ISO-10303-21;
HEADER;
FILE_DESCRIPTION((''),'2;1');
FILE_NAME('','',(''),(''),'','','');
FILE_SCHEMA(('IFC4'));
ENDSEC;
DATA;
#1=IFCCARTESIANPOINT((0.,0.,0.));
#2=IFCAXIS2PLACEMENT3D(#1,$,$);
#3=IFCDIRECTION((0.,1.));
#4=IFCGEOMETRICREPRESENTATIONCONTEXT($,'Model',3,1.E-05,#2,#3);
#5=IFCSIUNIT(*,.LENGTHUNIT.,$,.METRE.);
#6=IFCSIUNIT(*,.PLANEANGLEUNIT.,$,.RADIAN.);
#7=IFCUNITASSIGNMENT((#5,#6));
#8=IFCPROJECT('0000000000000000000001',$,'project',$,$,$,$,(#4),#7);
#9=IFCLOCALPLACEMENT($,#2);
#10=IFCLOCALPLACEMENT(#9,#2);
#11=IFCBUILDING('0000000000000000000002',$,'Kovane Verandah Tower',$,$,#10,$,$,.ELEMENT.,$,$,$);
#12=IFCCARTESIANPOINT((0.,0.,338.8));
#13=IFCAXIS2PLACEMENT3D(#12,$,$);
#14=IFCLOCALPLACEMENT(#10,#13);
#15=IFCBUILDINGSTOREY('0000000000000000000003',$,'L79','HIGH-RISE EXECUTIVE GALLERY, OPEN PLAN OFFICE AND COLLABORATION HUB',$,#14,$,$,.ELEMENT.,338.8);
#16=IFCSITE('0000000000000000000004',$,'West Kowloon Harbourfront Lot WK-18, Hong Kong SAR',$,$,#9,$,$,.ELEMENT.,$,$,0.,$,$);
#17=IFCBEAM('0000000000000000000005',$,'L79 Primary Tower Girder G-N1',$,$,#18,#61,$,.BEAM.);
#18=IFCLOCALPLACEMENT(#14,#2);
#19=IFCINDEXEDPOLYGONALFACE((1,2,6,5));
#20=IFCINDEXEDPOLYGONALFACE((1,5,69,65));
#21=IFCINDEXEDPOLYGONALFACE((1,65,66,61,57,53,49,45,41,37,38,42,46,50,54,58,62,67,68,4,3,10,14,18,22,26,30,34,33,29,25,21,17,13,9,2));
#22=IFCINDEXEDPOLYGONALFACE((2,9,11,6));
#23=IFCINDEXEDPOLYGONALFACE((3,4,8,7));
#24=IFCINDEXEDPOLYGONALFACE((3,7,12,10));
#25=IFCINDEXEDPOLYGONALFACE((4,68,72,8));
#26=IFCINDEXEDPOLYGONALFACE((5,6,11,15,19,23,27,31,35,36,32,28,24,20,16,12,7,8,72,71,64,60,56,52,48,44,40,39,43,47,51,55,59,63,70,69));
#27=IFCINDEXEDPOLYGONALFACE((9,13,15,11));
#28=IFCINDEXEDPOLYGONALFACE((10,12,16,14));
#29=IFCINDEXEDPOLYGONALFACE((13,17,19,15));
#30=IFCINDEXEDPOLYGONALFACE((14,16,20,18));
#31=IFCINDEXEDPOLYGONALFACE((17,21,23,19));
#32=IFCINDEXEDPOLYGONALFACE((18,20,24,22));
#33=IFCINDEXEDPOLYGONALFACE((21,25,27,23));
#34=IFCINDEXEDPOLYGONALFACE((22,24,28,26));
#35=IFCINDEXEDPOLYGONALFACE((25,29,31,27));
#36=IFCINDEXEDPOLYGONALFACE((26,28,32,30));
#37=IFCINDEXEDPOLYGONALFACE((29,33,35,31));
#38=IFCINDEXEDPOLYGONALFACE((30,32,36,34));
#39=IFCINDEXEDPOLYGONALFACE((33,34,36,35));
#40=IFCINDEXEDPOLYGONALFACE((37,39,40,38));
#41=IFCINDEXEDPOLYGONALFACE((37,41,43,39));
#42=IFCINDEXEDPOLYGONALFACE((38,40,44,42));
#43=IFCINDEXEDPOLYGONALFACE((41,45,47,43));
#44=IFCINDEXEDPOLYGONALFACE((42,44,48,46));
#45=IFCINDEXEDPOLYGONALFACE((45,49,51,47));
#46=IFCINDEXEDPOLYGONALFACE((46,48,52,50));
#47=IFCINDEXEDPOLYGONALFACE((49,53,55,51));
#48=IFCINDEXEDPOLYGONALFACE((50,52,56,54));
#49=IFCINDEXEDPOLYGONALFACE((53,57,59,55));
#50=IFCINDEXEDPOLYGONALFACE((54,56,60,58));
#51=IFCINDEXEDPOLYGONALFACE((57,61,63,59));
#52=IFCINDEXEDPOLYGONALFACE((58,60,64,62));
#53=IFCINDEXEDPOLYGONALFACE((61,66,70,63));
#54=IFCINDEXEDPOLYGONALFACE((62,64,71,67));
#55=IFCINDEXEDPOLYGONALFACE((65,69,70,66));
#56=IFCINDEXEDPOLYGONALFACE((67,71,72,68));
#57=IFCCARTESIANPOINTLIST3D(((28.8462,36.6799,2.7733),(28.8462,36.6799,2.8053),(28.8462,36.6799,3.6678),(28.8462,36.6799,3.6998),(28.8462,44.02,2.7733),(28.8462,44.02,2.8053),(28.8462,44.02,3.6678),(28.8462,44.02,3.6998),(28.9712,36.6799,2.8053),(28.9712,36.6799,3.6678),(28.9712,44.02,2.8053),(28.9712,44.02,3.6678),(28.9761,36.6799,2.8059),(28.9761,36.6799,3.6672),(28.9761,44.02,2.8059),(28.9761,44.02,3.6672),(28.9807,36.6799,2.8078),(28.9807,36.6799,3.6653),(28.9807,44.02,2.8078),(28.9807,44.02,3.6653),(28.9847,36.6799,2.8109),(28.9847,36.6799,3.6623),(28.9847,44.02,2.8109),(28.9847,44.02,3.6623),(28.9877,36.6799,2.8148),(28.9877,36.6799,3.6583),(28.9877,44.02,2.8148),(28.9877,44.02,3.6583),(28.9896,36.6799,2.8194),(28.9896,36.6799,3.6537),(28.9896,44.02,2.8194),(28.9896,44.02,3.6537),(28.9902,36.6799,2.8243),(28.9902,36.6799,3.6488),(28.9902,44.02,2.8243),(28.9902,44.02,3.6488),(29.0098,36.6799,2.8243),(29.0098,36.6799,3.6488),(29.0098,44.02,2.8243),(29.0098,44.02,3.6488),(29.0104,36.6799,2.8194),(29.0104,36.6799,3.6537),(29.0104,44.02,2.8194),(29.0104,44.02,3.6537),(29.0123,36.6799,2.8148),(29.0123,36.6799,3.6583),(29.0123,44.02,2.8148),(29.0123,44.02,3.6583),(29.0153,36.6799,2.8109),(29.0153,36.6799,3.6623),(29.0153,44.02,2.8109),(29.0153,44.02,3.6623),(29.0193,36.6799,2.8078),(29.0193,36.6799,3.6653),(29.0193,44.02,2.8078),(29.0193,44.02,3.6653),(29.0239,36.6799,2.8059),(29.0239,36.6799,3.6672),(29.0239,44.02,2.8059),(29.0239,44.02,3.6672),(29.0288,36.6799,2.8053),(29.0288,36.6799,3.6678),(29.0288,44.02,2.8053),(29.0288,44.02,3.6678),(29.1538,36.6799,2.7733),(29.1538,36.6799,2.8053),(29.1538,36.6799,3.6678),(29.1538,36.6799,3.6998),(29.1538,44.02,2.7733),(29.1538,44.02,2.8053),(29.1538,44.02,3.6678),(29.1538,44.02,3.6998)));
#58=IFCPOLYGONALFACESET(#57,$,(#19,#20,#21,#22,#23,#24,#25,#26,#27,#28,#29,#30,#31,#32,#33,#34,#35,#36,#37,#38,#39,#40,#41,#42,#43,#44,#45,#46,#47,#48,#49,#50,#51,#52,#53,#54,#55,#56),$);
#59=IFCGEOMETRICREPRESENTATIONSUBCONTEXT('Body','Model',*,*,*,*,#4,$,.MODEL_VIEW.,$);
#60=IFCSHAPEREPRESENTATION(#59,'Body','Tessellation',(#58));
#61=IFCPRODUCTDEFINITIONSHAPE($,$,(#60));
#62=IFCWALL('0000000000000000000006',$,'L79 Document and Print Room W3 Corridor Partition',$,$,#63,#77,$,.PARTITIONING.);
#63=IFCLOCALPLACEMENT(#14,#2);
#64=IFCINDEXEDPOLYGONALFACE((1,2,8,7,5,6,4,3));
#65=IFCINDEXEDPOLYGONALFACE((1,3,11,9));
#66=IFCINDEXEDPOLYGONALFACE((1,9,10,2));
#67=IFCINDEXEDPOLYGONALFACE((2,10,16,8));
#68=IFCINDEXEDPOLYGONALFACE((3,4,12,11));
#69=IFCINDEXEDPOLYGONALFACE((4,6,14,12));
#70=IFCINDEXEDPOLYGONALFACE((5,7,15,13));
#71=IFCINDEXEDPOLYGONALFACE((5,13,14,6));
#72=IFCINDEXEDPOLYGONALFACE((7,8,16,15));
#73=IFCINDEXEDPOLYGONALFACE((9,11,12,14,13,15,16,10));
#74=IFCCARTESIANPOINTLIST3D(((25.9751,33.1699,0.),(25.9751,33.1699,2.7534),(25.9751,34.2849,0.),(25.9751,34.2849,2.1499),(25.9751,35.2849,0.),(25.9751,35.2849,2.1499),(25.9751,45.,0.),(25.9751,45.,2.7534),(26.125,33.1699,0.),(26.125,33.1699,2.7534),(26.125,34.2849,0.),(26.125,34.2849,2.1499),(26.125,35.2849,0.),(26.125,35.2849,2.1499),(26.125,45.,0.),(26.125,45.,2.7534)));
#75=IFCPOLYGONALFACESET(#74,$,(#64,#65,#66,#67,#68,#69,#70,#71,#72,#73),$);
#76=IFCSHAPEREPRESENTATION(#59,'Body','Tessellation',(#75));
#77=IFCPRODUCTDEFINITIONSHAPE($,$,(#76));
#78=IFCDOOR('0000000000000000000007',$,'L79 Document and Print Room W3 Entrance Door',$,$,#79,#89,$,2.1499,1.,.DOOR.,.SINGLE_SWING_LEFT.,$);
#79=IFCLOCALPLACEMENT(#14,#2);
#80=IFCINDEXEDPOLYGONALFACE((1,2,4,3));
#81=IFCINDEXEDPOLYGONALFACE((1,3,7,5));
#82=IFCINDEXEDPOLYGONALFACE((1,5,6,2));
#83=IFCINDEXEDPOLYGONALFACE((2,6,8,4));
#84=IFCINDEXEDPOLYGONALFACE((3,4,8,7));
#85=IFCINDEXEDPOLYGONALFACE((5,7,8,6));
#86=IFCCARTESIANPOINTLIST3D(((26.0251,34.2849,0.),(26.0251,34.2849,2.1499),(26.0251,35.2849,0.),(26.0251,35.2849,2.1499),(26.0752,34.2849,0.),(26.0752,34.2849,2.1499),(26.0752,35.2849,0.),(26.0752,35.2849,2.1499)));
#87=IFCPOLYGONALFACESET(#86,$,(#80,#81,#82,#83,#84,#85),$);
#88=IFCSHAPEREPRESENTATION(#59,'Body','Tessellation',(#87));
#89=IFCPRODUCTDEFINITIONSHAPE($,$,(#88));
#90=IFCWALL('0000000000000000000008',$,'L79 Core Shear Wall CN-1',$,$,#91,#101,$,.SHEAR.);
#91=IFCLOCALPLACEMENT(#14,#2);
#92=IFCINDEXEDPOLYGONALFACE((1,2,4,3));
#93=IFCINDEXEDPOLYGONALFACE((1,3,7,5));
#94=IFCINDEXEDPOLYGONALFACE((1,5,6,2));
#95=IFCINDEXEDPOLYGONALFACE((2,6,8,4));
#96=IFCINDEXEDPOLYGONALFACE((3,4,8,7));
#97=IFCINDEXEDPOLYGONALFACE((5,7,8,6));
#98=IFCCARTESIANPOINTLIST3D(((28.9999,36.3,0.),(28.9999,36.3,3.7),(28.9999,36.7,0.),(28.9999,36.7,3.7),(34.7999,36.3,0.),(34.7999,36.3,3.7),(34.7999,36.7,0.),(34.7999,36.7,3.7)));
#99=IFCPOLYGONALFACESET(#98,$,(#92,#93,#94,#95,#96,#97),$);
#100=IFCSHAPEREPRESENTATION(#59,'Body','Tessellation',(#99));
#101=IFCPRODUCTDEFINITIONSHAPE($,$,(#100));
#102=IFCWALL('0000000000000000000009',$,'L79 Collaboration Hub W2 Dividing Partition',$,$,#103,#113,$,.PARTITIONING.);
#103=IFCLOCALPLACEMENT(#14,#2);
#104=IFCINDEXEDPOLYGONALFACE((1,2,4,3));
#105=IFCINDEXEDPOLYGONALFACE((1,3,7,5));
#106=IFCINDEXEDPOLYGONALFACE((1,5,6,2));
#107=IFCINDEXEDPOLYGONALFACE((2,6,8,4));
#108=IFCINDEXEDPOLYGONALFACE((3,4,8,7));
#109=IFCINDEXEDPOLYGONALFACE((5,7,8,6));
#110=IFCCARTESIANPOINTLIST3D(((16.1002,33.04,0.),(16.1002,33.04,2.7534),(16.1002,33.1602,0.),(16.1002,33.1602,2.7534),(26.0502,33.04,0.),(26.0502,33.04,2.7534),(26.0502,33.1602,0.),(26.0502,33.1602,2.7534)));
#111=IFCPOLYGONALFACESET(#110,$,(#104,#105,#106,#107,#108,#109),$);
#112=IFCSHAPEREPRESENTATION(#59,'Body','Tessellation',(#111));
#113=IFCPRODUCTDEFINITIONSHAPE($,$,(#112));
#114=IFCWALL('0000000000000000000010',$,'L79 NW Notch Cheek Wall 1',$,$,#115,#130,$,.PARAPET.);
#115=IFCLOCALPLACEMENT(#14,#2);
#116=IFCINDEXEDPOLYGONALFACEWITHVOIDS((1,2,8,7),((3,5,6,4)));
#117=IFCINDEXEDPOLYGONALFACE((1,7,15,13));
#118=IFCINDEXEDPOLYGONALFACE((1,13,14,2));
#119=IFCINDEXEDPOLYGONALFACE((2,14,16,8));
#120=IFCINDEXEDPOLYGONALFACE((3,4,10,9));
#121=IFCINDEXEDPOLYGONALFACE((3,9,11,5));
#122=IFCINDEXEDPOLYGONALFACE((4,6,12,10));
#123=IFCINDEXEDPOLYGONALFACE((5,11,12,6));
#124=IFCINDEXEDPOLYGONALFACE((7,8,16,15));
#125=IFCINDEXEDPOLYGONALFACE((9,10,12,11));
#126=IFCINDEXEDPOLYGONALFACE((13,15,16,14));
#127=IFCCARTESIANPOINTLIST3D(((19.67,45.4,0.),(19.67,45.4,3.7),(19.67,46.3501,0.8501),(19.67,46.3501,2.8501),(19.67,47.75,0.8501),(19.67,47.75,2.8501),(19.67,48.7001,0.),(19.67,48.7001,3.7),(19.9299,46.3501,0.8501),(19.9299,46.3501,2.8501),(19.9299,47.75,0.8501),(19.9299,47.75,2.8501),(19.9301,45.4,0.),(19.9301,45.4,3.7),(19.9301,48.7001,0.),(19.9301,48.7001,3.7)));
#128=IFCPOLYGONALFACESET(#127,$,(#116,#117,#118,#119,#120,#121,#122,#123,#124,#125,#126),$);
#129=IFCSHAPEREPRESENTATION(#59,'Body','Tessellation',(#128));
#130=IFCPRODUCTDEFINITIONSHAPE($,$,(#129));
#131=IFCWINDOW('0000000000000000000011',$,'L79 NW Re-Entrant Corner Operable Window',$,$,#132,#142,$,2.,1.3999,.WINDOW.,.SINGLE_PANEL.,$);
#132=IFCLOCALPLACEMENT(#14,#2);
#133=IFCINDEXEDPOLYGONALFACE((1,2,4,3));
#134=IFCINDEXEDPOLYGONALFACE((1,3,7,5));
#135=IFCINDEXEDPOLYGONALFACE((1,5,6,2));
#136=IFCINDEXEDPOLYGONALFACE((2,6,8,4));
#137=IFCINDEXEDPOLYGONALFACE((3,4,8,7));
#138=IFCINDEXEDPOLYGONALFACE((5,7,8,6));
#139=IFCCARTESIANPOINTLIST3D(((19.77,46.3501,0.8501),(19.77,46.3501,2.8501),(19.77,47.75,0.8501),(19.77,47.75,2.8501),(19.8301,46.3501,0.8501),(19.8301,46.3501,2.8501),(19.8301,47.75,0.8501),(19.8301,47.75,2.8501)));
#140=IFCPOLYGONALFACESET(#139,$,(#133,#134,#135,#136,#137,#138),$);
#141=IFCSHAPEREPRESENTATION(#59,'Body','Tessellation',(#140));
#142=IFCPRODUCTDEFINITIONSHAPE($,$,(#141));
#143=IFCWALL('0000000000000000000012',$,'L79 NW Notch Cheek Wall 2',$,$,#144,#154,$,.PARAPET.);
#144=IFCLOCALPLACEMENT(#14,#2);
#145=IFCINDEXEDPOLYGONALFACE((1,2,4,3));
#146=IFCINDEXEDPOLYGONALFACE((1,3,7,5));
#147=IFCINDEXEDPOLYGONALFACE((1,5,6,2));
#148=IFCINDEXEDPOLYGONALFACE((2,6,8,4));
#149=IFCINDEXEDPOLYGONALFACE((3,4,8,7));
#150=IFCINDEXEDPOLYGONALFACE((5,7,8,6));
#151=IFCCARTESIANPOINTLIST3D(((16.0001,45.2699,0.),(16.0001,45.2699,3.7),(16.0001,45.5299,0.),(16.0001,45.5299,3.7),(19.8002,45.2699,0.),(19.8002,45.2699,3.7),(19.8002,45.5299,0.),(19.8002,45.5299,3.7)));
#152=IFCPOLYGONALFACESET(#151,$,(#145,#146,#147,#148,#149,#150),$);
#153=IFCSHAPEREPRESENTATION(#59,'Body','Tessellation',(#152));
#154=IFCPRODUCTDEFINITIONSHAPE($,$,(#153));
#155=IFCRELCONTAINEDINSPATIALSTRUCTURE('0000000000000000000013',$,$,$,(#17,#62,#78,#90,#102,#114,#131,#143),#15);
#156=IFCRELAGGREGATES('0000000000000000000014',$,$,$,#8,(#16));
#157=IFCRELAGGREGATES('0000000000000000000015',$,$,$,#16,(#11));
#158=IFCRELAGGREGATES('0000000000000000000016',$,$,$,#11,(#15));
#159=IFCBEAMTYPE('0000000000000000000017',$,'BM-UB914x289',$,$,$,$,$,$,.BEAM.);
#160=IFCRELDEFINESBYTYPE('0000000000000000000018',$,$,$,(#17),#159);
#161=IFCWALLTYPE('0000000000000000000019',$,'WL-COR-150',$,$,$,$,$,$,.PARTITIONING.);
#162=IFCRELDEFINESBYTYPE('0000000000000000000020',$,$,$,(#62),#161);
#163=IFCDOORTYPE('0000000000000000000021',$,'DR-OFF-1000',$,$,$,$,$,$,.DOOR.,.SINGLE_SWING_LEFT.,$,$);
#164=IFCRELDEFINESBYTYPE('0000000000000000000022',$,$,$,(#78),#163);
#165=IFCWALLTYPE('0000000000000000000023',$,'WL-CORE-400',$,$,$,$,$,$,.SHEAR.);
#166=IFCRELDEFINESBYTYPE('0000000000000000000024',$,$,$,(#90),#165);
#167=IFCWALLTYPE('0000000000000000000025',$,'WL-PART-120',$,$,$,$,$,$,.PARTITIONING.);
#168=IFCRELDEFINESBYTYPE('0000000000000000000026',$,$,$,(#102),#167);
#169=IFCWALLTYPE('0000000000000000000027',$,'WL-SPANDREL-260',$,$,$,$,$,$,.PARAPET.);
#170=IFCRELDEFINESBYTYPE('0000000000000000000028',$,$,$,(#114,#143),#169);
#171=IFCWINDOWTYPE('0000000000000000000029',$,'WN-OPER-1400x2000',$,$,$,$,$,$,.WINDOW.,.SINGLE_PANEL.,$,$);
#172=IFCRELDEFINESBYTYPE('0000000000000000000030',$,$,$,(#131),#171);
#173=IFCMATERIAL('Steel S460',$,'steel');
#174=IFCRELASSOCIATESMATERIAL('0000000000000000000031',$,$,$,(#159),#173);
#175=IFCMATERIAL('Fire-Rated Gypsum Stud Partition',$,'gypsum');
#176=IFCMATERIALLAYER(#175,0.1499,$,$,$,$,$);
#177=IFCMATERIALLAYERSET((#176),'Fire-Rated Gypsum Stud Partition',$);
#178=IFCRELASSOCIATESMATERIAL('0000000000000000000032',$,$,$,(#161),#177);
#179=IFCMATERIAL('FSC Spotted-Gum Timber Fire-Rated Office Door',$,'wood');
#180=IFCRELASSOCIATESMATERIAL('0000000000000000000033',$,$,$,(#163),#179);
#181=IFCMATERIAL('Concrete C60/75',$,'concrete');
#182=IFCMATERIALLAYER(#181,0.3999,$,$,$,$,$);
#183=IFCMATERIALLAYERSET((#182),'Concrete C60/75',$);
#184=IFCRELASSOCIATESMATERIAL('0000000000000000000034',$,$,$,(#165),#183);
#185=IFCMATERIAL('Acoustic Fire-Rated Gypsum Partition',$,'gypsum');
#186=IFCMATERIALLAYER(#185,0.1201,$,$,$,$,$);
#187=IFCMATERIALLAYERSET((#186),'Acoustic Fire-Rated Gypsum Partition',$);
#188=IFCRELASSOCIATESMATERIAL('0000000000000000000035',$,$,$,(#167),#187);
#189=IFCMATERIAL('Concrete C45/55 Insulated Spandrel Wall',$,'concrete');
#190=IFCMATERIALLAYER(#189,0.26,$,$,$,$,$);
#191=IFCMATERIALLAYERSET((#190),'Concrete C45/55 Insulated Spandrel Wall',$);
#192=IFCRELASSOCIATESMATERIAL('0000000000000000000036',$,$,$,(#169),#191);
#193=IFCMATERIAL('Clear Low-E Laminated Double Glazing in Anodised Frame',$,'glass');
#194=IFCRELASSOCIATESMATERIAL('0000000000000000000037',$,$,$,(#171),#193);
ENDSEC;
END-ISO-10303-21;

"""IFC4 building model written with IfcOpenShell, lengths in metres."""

from ifc_helpers import new_model, si_unit, direction, frame, frame_2d, origin, origin_2d, place, context, subcontext, project, spatial, rectangle, i_section, extrude, material, layer, layer_set, material_profile, profile_set, type_object, element, fill, save


model = new_model("IFC4")

# Units and contexts
model_context = context("Model", 3, precision=1e-05, world=origin(), true_north=direction((0.0, 1.0)))
body_context = subcontext(model_context, "Body", "Model", "MODEL_VIEW")
ifc_project = project(units=[si_unit("LENGTHUNIT", "METRE"), si_unit("PLANEANGLEUNIT", "RADIAN")], contexts=[model_context])

# Site, building, storey
site_placement = place(None, origin())
site = spatial("IfcSite", under=ifc_project, at=site_placement, Name="West Kowloon Harbourfront Lot WK-18, Hong Kong SAR", CompositionType="ELEMENT", RefElevation=0.0)
building_placement = place(site_placement, origin())
building = spatial("IfcBuilding", under=site, at=building_placement, Name="Kovane Verandah Tower", CompositionType="ELEMENT")
storey_placement = place(building_placement, frame((0.0, 0.0, 338.8)))
storey = spatial("IfcBuildingStorey", under=building, at=storey_placement, Name="L79", Description="HIGH-RISE EXECUTIVE GALLERY, OPEN PLAN OFFICE AND COLLABORATION HUB", CompositionType="ELEMENT", Elevation=338.8)

# Shared definitions
ifc_material_1 = material(Name="Concrete C60/75", Category="concrete")
ifc_material_2 = material(Name="Steel S460", Category="steel")

# Beam
ifc_material_profile_1 = material_profile(ifc_material_2, i_section(OverallWidth=0.3076, OverallDepth=0.9265, WebThickness=0.0195, FlangeThickness=0.032, FilletRadius=0.019, at=origin_2d()), Name="UB914x305x289")
ifc_profile_set_1 = profile_set([ifc_material_profile_1], Name="Steel S460")
beam_type_1 = type_object("IfcBeamType", Name="BM-UB914x289", PredefinedType="BEAM", material=ifc_profile_set_1)
beam_1_placement = place(storey_placement, frame((29.0, 36.6799, 3.2366), z_axis=(0.0, 1.0, 0.0), x_axis=(-1.0, 0.0, 0.0)))
element("IfcBeam", 1, at=beam_1_placement, inside=storey, type_object=beam_type_1, Name="L79 Primary Tower Girder G-N1", PredefinedType="BEAM", context=body_context, shape_type="SweptSolid", body=[
    extrude(i_section(OverallWidth=0.3076, OverallDepth=0.9265, WebThickness=0.0195, FlangeThickness=0.032, FilletRadius=0.019, at=origin_2d()), origin(), (0.0, 0.0, 1.0), 7.3401),
])

# Wall, opening, door
ifc_material_3 = material(Name="Fire-Rated Gypsum Stud Partition", Category="gypsum")
ifc_layer_1 = layer(ifc_material_3, 0.1499)
ifc_layer_set_1 = layer_set([ifc_layer_1], Name="Fire-Rated Gypsum Stud Partition")
wall_type_1 = type_object("IfcWallType", Name="WL-COR-150", PredefinedType="PARTITIONING", material=ifc_layer_set_1)
ifc_material_4 = material(Name="FSC Spotted-Gum Timber Fire-Rated Office Door", Category="wood")
door_type_1 = type_object("IfcDoorType", Name="DR-OFF-1000", OperationType="SINGLE_SWING_LEFT", PredefinedType="DOOR", material=ifc_material_4)
wall_1_placement = place(storey_placement, frame((26.05, 33.1699, 0.0), z_axis=(0.0, 0.0, 1.0), x_axis=(0.0, 1.0, 0.0)))
wall_1 = element("IfcWall", 2, at=wall_1_placement, inside=storey, type_object=wall_type_1, Name="L79 Document and Print Room W3 Corridor Partition", PredefinedType="PARTITIONING", context=body_context, shape_type="SweptSolid", body=[
    extrude(rectangle(XDim=11.8301, YDim=0.1499, at=frame_2d((5.915, 0.0))), origin(), (0.0, 0.0, 1.0), 2.7534),
])
opening_1_placement = place(wall_1_placement, frame((1.115, 0.0, 0.0)))
opening_1 = element("IfcOpeningElement", 3, at=opening_1_placement, cuts=wall_1, PredefinedType="OPENING", context=body_context, shape_type="SweptSolid", body=[
    extrude(rectangle(XDim=1.0, YDim=2.1499, at=frame_2d((0.5, 1.075))), frame((0.0, 0.075, 0.0), z_axis=(0.0, -1.0, 0.0), x_axis=(1.0, 0.0, 0.0)), (0.0, 0.0, 1.0), 0.1499),
])
door_1_placement = place(opening_1_placement, origin())
door_1 = element("IfcDoor", 4, at=door_1_placement, inside=storey, type_object=door_type_1, Name="L79 Document and Print Room W3 Entrance Door", OperationType="SINGLE_SWING_LEFT", OverallHeight=2.1499, OverallWidth=1.0, PredefinedType="DOOR", context=body_context, shape_type="SweptSolid", body=[
    extrude(rectangle(XDim=1.0, YDim=2.1499, at=frame_2d((0.5, 1.075))), frame((0.0, 0.0249, 0.0), z_axis=(0.0, -1.0, 0.0), x_axis=(1.0, 0.0, 0.0)), (0.0, 0.0, 1.0), 0.05),
])
fill(opening_1, door_1)

# Walls
ifc_layer_2 = layer(ifc_material_1, 0.3999)
ifc_layer_set_2 = layer_set([ifc_layer_2], Name="Concrete C60/75")
wall_type_2 = type_object("IfcWallType", Name="WL-CORE-400", PredefinedType="SHEAR", material=ifc_layer_set_2)
wall_2_placement = place(storey_placement, frame((29.0, 36.5, 0.0), z_axis=(0.0, 0.0, 1.0), x_axis=(1.0, 0.0, 0.0)))
element("IfcWall", 5, at=wall_2_placement, inside=storey, type_object=wall_type_2, Name="L79 Core Shear Wall CN-1", PredefinedType="SHEAR", context=body_context, shape_type="SweptSolid", body=[
    extrude(rectangle(XDim=5.8, YDim=0.3999, at=frame_2d((2.8999, 0.0))), origin(), (0.0, 0.0, 1.0), 3.7),
])
ifc_material_5 = material(Name="Acoustic Fire-Rated Gypsum Partition", Category="gypsum")
ifc_layer_3 = layer(ifc_material_5, 0.1201)
ifc_layer_set_3 = layer_set([ifc_layer_3], Name="Acoustic Fire-Rated Gypsum Partition")
wall_type_3 = type_object("IfcWallType", Name="WL-PART-120", PredefinedType="PARTITIONING", material=ifc_layer_set_3)
wall_3_placement = place(storey_placement, frame((16.1001, 33.1001, 0.0), z_axis=(0.0, 0.0, 1.0), x_axis=(1.0, 0.0, 0.0)))
element("IfcWall", 6, at=wall_3_placement, inside=storey, type_object=wall_type_3, Name="L79 Collaboration Hub W2 Dividing Partition", PredefinedType="PARTITIONING", context=body_context, shape_type="SweptSolid", body=[
    extrude(rectangle(XDim=9.95, YDim=0.1201, at=frame_2d((4.9751, 0.0))), origin(), (0.0, 0.0, 1.0), 2.7534),
])

# Shared definitions
ifc_material_6 = material(Name="Concrete C45/55 Insulated Spandrel Wall", Category="concrete")
ifc_layer_4 = layer(ifc_material_6, 0.26)
ifc_layer_set_4 = layer_set([ifc_layer_4], Name="Concrete C45/55 Insulated Spandrel Wall")
wall_type_4 = type_object("IfcWallType", Name="WL-SPANDREL-260", PredefinedType="PARAPET", material=ifc_layer_set_4)
ifc_material_7 = material(Name="Clear Low-E Laminated Double Glazing in Anodised Frame", Category="glass")

# Wall, opening, window
wall_4_placement = place(storey_placement, frame((19.8, 48.7, 0.0), z_axis=(0.0, 0.0, 1.0), x_axis=(0.0, -1.0, 0.0)))
wall_4 = element("IfcWall", 7, at=wall_4_placement, inside=storey, type_object=wall_type_4, Name="L79 NW Notch Cheek Wall 1", PredefinedType="PARAPET", context=body_context, shape_type="SweptSolid", body=[
    extrude(rectangle(XDim=3.3, YDim=0.26, at=frame_2d((1.6499, 0.0))), origin(), (0.0, 0.0, 1.0), 3.7),
])
opening_2_placement = place(wall_4_placement, frame((0.95, 0.0, 0.8501)))
opening_2 = element("IfcOpeningElement", 8, at=opening_2_placement, cuts=wall_4, PredefinedType="OPENING", context=body_context, shape_type="SweptSolid", body=[
    extrude(rectangle(XDim=1.3999, YDim=2.0, at=frame_2d((0.7, 1.0))), frame((0.0, 0.1299, 0.0), z_axis=(0.0, -1.0, 0.0), x_axis=(1.0, 0.0, 0.0)), (0.0, 0.0, 1.0), 0.26),
])
window_type_1 = type_object("IfcWindowType", Name="WN-OPER-1400x2000", PartitioningType="SINGLE_PANEL", PredefinedType="WINDOW", material=ifc_material_7)
window_1_placement = place(opening_2_placement, origin())
window_1 = element("IfcWindow", 9, at=window_1_placement, inside=storey, type_object=window_type_1, Name="L79 NW Re-Entrant Corner Operable Window", OverallHeight=2.0, OverallWidth=1.3999, PartitioningType="SINGLE_PANEL", PredefinedType="WINDOW", context=body_context, shape_type="SweptSolid", body=[
    extrude(rectangle(XDim=1.3999, YDim=2.0, at=frame_2d((0.7, 1.0))), frame((0.0, 0.03, 0.0), z_axis=(0.0, -1.0, 0.0), x_axis=(1.0, 0.0, 0.0)), (0.0, 0.0, 1.0), 0.0601),
])
fill(opening_2, window_1)

# Wall
wall_5_placement = place(storey_placement, frame((19.8, 45.3999, 0.0), z_axis=(0.0, 0.0, 1.0), x_axis=(-1.0, 0.0, 0.0)))
element("IfcWall", 10, at=wall_5_placement, inside=storey, type_object=wall_type_4, Name="L79 NW Notch Cheek Wall 2", PredefinedType="PARAPET", context=body_context, shape_type="SweptSolid", body=[
    extrude(rectangle(XDim=3.8, YDim=0.26, at=frame_2d((1.8999, 0.0))), origin(), (0.0, 0.0, 1.0), 3.7),
])

save(model, "model.ifc")
